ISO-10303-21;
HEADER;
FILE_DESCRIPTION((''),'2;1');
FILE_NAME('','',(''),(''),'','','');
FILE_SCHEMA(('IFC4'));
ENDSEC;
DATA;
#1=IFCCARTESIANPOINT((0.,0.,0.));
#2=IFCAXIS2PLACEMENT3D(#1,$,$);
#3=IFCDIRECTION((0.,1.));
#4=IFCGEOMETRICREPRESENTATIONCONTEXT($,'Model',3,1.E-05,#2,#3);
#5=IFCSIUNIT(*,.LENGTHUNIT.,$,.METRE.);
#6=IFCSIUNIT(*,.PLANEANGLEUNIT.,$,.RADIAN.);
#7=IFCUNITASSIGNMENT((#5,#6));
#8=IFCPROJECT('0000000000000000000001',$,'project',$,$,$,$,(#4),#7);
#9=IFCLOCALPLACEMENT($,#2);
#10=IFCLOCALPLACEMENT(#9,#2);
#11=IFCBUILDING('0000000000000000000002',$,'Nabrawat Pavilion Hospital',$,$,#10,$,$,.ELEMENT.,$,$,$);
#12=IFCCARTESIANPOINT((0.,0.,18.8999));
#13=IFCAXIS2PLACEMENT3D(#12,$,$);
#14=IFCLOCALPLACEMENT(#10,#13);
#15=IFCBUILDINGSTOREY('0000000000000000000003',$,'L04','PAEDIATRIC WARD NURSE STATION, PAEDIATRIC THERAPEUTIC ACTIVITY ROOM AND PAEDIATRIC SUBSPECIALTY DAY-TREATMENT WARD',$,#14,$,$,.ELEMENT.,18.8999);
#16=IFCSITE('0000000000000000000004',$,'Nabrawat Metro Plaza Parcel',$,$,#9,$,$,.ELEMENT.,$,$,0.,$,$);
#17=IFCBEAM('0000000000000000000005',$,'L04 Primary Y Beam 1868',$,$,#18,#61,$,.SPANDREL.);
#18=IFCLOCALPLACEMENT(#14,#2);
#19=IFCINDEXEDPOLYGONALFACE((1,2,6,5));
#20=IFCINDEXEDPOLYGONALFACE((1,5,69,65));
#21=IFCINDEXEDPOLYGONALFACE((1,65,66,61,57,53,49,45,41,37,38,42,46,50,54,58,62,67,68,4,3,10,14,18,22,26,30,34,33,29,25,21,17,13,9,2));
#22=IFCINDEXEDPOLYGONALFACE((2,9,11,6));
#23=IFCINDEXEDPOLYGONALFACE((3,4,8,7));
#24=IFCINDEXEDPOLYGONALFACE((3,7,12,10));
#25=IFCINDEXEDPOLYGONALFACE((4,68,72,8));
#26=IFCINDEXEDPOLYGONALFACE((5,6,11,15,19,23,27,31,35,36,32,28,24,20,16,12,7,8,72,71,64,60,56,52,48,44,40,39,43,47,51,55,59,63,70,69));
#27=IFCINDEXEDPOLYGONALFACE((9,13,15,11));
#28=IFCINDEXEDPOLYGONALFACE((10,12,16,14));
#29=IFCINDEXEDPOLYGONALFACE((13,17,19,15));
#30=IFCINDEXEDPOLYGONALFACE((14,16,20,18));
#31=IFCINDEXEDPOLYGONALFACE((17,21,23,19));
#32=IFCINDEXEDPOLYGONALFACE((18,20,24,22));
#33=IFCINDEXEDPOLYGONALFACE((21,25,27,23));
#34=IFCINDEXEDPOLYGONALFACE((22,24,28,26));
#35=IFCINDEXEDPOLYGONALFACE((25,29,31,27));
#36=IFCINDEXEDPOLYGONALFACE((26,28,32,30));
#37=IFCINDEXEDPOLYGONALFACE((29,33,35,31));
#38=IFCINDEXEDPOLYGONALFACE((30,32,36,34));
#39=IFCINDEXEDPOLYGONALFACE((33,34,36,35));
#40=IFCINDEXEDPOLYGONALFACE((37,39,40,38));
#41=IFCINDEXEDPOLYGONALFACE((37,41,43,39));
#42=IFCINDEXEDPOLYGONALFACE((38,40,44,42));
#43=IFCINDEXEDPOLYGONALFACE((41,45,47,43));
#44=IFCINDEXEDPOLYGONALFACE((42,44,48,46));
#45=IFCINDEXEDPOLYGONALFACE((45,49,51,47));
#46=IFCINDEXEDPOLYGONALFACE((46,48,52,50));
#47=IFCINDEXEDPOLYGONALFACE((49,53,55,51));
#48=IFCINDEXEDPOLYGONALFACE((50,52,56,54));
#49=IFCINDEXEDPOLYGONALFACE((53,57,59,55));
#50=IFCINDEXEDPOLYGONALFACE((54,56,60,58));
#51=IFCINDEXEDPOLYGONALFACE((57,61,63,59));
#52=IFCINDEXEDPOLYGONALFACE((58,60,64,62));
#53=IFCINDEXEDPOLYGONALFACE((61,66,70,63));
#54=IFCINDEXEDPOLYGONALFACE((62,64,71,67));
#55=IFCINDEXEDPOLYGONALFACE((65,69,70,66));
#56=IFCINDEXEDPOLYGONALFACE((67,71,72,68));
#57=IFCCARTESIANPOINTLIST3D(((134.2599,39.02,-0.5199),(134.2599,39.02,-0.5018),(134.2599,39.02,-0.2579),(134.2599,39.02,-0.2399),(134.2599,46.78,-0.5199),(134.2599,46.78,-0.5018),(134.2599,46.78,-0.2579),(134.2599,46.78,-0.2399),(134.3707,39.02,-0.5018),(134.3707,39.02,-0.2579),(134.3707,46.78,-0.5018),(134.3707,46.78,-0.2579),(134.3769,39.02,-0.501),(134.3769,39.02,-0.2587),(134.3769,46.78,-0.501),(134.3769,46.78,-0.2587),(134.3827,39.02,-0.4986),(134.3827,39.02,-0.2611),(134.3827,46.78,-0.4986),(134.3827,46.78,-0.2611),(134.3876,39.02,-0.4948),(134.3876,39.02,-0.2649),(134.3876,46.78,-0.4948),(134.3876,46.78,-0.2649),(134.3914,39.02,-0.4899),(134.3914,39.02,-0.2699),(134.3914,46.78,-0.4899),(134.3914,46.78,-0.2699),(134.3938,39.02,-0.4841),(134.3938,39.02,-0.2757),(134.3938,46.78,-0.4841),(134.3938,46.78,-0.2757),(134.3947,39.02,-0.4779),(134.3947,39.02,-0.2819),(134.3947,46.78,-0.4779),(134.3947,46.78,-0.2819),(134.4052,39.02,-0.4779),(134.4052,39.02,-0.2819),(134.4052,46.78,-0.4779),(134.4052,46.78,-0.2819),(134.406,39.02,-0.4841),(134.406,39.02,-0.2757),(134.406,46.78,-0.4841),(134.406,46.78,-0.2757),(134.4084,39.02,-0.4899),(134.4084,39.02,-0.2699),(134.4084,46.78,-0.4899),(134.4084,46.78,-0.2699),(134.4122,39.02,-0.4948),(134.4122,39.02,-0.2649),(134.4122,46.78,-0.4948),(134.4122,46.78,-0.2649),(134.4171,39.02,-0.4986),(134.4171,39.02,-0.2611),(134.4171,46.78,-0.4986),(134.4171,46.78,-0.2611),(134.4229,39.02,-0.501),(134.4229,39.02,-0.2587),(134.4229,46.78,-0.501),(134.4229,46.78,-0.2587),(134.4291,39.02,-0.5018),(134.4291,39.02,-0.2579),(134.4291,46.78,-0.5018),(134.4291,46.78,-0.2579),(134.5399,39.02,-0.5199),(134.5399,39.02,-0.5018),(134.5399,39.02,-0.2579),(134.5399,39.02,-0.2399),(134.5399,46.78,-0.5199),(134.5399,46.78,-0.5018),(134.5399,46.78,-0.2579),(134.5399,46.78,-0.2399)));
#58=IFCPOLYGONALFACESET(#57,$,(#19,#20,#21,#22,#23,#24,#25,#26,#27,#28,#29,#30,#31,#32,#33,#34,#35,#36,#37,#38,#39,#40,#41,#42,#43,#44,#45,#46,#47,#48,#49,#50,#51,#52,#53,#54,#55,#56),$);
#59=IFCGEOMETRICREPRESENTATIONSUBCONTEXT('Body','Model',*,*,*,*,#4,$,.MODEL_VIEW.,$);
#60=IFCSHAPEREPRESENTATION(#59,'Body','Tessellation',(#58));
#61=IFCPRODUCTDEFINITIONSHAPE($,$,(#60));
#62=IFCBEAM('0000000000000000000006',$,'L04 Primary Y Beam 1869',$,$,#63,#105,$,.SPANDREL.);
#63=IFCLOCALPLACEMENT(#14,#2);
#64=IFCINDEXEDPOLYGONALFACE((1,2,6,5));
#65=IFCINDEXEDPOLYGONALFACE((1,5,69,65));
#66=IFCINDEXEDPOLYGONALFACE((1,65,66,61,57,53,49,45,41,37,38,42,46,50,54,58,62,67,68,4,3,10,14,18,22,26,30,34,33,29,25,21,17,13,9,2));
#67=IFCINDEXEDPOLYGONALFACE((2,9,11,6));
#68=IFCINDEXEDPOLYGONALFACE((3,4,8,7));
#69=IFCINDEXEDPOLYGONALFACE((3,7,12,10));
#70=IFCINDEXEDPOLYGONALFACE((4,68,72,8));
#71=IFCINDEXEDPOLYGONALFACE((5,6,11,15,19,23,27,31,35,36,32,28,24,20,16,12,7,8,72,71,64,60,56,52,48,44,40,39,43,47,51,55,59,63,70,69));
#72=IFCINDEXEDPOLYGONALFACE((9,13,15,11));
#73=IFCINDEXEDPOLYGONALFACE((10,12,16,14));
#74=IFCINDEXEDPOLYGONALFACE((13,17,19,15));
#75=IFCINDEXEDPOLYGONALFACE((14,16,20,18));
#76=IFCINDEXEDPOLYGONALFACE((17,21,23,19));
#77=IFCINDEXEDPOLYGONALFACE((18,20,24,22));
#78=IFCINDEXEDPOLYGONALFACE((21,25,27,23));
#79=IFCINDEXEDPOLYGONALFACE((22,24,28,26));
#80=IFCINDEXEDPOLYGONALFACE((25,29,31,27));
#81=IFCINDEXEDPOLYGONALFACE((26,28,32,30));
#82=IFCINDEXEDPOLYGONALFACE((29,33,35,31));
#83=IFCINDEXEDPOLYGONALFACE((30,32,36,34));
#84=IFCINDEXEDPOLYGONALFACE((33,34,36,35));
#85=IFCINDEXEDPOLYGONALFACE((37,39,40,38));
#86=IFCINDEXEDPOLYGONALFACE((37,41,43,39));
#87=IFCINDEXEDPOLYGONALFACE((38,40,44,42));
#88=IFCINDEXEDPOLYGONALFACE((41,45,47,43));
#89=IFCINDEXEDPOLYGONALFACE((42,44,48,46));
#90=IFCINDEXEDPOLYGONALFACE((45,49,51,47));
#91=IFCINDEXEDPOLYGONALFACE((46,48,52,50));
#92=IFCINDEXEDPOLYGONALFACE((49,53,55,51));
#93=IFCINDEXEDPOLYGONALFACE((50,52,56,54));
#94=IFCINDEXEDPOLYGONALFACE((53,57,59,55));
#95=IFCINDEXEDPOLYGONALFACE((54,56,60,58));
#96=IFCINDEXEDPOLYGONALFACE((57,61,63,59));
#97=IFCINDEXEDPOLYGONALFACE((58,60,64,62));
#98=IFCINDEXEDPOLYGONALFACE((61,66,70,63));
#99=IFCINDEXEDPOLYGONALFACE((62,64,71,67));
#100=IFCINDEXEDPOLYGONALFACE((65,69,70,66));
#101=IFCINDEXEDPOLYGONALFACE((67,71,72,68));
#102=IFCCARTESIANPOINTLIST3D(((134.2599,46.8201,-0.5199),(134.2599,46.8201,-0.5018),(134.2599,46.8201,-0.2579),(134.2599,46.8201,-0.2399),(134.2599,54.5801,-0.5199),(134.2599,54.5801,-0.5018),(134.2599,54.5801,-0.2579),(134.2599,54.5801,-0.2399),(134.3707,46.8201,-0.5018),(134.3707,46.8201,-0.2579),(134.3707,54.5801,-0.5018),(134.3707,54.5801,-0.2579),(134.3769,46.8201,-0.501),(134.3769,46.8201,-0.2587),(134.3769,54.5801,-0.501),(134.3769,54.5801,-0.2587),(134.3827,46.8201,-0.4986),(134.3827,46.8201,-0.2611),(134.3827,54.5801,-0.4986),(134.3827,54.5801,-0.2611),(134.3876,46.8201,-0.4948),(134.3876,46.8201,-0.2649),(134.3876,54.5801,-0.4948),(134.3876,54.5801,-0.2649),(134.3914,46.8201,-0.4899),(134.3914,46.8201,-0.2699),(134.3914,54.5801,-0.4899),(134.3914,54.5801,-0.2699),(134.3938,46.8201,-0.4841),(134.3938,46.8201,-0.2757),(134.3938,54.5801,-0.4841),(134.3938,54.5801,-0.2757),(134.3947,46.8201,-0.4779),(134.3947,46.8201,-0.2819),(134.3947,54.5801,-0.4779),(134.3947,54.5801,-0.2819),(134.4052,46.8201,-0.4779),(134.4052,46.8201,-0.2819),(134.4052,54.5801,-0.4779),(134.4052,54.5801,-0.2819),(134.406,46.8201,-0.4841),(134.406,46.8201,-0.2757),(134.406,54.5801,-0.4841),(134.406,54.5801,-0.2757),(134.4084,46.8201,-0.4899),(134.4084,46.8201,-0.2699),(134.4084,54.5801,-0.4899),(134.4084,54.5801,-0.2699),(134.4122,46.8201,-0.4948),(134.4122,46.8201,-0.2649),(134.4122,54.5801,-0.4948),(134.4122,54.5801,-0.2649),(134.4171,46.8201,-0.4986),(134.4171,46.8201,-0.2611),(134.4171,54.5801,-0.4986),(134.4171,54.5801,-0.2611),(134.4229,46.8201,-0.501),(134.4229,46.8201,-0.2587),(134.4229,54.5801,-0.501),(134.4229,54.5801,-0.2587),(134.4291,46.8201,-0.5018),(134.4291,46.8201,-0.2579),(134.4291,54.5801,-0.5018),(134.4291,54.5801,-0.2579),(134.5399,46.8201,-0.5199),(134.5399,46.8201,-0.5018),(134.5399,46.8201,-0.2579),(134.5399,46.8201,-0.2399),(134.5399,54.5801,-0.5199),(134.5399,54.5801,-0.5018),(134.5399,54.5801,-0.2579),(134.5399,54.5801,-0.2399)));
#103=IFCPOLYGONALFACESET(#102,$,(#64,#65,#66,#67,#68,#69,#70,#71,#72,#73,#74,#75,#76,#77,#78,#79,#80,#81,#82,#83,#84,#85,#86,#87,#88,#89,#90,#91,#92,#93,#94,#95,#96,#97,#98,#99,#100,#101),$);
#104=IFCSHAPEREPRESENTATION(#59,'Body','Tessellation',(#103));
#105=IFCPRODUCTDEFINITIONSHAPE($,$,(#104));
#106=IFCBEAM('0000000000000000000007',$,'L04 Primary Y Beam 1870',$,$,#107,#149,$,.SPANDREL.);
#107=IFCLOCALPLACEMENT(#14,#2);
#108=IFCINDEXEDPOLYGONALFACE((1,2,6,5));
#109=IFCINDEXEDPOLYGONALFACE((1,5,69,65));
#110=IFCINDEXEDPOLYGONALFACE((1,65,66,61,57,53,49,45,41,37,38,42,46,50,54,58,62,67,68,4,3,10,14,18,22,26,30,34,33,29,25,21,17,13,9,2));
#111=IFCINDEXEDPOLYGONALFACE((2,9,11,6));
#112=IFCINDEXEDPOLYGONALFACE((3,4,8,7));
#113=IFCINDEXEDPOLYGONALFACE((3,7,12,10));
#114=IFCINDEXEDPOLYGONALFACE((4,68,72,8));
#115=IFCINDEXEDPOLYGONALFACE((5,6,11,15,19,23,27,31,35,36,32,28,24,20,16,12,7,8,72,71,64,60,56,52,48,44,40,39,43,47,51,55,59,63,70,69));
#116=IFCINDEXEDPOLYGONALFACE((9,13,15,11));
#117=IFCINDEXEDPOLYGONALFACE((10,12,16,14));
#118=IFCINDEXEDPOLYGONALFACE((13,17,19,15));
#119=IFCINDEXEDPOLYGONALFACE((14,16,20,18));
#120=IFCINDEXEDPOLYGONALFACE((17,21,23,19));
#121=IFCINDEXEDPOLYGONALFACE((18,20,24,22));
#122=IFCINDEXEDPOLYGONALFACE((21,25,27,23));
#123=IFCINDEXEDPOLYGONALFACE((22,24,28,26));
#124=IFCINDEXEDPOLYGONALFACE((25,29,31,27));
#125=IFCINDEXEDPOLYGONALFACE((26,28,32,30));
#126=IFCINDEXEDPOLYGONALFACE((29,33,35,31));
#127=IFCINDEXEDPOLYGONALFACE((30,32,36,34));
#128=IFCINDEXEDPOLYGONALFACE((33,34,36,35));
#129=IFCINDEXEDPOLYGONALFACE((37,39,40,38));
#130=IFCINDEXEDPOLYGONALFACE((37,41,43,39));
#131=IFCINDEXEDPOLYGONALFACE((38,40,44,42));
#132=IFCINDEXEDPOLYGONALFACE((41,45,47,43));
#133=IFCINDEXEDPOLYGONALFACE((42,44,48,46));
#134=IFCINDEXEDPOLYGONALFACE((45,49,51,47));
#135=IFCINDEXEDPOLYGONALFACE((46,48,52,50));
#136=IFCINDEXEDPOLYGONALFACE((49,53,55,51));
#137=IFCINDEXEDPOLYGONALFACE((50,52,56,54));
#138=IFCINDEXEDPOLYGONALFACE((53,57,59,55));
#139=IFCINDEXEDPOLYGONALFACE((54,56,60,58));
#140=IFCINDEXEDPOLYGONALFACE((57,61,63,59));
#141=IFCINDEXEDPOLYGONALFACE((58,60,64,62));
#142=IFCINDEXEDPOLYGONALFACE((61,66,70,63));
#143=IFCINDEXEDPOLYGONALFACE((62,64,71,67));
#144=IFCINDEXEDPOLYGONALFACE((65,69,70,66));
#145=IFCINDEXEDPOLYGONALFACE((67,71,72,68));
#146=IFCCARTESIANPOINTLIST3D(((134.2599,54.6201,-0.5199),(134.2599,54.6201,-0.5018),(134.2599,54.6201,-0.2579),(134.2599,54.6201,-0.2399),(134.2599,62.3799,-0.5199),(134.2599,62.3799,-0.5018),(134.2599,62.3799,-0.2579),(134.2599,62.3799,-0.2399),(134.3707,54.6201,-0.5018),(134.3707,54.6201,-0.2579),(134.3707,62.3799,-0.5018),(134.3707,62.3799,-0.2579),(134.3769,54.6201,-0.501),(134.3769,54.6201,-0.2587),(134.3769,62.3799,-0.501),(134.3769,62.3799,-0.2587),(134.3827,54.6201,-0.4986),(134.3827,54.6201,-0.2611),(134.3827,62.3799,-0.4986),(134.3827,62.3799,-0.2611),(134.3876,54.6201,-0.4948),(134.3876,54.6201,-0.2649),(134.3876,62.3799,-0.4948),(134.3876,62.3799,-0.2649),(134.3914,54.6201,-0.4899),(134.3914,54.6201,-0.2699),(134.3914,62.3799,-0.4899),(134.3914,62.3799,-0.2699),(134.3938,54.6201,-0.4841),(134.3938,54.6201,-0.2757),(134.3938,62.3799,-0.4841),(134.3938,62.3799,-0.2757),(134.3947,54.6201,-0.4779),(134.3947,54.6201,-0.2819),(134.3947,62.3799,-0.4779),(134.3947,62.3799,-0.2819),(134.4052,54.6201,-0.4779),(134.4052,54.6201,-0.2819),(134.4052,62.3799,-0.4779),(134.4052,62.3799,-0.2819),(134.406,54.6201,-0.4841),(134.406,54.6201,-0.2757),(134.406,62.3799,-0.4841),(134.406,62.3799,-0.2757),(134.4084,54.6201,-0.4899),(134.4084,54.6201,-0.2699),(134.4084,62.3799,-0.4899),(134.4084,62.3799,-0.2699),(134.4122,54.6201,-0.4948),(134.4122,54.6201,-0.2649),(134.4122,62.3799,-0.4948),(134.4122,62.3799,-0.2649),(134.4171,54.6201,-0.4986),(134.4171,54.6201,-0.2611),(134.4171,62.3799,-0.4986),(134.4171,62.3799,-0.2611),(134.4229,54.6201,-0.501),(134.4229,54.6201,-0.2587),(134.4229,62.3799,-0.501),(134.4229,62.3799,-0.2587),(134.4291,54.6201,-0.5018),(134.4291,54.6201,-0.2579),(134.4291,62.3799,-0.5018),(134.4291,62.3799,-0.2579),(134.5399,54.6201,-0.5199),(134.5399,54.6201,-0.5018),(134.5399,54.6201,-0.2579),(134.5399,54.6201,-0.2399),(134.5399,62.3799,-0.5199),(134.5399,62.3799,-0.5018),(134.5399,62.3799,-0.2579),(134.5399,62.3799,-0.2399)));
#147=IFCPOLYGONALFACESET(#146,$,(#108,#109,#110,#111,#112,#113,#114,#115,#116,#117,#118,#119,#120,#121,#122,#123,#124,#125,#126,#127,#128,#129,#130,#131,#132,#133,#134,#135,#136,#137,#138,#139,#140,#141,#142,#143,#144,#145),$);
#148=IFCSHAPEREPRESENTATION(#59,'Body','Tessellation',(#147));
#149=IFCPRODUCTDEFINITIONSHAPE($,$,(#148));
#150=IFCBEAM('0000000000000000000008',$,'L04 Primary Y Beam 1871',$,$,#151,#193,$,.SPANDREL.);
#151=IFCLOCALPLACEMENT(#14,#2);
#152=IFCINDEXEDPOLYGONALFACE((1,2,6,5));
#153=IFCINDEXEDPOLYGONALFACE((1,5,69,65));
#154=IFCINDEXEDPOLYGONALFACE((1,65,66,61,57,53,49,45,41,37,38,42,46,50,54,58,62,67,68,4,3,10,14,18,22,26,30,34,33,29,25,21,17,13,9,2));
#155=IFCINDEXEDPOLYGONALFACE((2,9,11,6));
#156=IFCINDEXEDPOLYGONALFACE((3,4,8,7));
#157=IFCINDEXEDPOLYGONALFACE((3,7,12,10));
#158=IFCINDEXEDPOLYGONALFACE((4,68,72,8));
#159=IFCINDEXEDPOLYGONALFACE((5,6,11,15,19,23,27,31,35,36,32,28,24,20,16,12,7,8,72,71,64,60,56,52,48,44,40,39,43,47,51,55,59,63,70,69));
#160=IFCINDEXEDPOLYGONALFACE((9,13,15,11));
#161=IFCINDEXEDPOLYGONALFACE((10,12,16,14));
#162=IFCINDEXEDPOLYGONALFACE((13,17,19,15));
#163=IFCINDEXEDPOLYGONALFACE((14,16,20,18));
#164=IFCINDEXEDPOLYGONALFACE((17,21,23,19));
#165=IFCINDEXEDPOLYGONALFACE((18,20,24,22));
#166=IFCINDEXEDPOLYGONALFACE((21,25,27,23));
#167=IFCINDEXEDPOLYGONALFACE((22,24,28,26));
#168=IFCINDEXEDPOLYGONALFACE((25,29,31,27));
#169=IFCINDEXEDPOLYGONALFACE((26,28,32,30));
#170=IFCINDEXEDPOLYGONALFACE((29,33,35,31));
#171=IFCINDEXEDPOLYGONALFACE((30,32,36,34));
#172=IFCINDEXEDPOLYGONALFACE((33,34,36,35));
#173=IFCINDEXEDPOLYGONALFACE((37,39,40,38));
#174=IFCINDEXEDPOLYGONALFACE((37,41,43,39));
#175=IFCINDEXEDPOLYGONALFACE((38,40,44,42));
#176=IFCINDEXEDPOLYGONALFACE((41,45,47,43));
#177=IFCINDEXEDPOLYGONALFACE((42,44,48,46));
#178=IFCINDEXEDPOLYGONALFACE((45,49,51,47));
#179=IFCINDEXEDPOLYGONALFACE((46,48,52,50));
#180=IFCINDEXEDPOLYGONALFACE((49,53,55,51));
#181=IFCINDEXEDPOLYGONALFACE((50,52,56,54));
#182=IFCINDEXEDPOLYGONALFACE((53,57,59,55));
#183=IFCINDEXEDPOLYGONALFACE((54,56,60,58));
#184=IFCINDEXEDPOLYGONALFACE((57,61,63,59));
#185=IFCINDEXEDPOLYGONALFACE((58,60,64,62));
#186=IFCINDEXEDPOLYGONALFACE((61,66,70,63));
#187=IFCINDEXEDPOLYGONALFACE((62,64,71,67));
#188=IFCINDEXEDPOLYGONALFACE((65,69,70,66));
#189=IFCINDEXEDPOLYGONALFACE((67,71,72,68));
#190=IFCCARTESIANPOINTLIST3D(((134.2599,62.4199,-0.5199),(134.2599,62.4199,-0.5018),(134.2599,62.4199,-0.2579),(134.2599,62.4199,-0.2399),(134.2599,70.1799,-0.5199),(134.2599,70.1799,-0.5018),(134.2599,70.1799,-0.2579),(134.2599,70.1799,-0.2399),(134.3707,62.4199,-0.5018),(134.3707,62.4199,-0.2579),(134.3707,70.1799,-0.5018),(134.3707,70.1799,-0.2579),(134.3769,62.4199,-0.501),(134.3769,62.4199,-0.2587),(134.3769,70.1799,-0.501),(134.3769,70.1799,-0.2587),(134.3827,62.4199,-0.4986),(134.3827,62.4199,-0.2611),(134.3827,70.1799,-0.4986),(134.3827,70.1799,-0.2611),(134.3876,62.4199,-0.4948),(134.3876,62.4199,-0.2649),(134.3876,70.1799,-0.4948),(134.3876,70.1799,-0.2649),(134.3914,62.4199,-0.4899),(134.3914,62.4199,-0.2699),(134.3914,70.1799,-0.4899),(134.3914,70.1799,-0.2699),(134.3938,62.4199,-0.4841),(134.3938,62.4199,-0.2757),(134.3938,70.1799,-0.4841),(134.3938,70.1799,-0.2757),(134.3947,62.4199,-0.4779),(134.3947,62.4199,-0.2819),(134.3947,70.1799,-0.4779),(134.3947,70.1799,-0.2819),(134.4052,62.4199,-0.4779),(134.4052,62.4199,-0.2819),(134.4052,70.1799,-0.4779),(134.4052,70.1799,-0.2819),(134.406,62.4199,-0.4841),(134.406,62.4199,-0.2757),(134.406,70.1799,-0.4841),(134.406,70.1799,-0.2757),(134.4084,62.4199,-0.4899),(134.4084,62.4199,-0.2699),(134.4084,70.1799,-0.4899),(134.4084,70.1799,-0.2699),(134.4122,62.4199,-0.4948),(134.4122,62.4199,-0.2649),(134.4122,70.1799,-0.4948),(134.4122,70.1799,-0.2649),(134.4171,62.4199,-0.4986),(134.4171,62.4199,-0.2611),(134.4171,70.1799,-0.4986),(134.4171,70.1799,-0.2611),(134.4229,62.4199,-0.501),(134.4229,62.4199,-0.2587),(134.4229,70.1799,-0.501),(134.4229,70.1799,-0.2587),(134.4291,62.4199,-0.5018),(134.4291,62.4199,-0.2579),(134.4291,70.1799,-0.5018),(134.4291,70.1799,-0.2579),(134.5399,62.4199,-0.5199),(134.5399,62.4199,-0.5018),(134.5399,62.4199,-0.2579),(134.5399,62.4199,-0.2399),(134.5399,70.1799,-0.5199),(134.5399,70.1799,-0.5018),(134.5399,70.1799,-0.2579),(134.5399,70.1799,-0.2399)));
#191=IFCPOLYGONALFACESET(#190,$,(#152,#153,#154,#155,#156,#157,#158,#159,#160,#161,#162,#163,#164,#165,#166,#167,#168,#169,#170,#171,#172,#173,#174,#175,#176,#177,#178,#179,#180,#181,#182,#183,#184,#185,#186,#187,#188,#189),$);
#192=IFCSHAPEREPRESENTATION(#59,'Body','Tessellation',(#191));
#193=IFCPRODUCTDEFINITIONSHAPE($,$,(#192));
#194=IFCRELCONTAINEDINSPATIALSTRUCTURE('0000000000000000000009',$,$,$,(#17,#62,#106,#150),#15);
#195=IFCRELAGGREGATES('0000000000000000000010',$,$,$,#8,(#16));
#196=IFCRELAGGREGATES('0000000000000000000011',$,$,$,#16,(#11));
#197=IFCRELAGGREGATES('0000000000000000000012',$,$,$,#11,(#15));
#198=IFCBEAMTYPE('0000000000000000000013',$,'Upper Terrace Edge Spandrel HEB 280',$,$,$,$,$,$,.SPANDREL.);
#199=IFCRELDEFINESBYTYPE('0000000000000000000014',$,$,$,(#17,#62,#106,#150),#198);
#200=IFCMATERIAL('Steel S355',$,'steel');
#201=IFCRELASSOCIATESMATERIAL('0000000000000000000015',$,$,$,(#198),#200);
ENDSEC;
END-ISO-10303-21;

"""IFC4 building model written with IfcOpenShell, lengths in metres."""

from ifc_helpers import new_model, si_unit, direction, frame, origin, origin_2d, place, context, subcontext, project, spatial, i_section, extrude, material, material_profile, profile_set, type_object, element, save


model = new_model("IFC4")

# Units and contexts
model_context = context("Model", 3, precision=1e-05, world=origin(), true_north=direction((0.0, 1.0)))
body_context = subcontext(model_context, "Body", "Model", "MODEL_VIEW")
ifc_project = project(units=[si_unit("LENGTHUNIT", "METRE"), si_unit("PLANEANGLEUNIT", "RADIAN")], contexts=[model_context])

# Site, building, storey
site_placement = place(None, origin())
site = spatial("IfcSite", under=ifc_project, at=site_placement, Name="Nabrawat Metro Plaza Parcel", CompositionType="ELEMENT", RefElevation=0.0)
building_placement = place(site_placement, origin())
building = spatial("IfcBuilding", under=site, at=building_placement, Name="Nabrawat Pavilion Hospital", CompositionType="ELEMENT")
storey_placement = place(building_placement, frame((0.0, 0.0, 18.8999)))
storey = spatial("IfcBuildingStorey", under=building, at=storey_placement, Name="L04", Description="PAEDIATRIC WARD NURSE STATION, PAEDIATRIC THERAPEUTIC ACTIVITY ROOM AND PAEDIATRIC SUBSPECIALTY DAY-TREATMENT WARD", CompositionType="ELEMENT", Elevation=18.8999)

# Beams
ifc_material_1 = material(Name="Steel S355", Category="steel")
ifc_material_profile_1 = material_profile(ifc_material_1, i_section(OverallWidth=0.28, OverallDepth=0.28, WebThickness=0.0105, FlangeThickness=0.0181, FilletRadius=0.0239, at=origin_2d()), Name="HEB 280")
ifc_profile_set_1 = profile_set([ifc_material_profile_1], Name="Steel S355")
beam_type_1 = type_object("IfcBeamType", Name="Upper Terrace Edge Spandrel HEB 280", PredefinedType="SPANDREL", material=ifc_profile_set_1)
for number, where, z_axis, x_axis, name in (
    (1, (134.3999, 39.02, -0.3799), (0.0, 1.0, 0.0), (-1.0, 0.0, 0.0), "L04 Primary Y Beam 1868"),
    (2, (134.3999, 46.8201, -0.3799), (0.0, 1.0, 0.0), (-1.0, 0.0, 0.0), "L04 Primary Y Beam 1869"),
):
    element("IfcBeam", number, at=place(storey_placement, frame(where, z_axis=z_axis, x_axis=x_axis)), inside=storey, type_object=beam_type_1, Name=name, PredefinedType="SPANDREL", context=body_context, shape_type="SweptSolid", body=[
        extrude(i_section(OverallWidth=0.28, OverallDepth=0.28, WebThickness=0.0105, FlangeThickness=0.0181, FilletRadius=0.0239, at=origin_2d()), origin(), (0.0, 0.0, 1.0), 7.76),
    ])
beam_1_placement = place(storey_placement, frame((134.3999, 54.6201, -0.3799), z_axis=(0.0, 1.0, 0.0), x_axis=(-1.0, 0.0, 0.0)))
element("IfcBeam", 3, at=beam_1_placement, inside=storey, type_object=beam_type_1, Name="L04 Primary Y Beam 1870", PredefinedType="SPANDREL", context=body_context, shape_type="SweptSolid", body=[
    extrude(i_section(OverallWidth=0.28, OverallDepth=0.28, WebThickness=0.0105, FlangeThickness=0.0181, FilletRadius=0.0239, at=origin_2d()), origin(), (0.0, 0.0, 1.0), 7.7598),
])
beam_2_placement = place(storey_placement, frame((134.3999, 62.4199, -0.3799), z_axis=(0.0, 1.0, 0.0), x_axis=(-1.0, 0.0, 0.0)))
element("IfcBeam", 4, at=beam_2_placement, inside=storey, type_object=beam_type_1, Name="L04 Primary Y Beam 1871", PredefinedType="SPANDREL", context=body_context, shape_type="SweptSolid", body=[
    extrude(i_section(OverallWidth=0.28, OverallDepth=0.28, WebThickness=0.0105, FlangeThickness=0.0181, FilletRadius=0.0239, at=origin_2d()), origin(), (0.0, 0.0, 1.0), 7.76),
])

save(model, "model.ifc")
